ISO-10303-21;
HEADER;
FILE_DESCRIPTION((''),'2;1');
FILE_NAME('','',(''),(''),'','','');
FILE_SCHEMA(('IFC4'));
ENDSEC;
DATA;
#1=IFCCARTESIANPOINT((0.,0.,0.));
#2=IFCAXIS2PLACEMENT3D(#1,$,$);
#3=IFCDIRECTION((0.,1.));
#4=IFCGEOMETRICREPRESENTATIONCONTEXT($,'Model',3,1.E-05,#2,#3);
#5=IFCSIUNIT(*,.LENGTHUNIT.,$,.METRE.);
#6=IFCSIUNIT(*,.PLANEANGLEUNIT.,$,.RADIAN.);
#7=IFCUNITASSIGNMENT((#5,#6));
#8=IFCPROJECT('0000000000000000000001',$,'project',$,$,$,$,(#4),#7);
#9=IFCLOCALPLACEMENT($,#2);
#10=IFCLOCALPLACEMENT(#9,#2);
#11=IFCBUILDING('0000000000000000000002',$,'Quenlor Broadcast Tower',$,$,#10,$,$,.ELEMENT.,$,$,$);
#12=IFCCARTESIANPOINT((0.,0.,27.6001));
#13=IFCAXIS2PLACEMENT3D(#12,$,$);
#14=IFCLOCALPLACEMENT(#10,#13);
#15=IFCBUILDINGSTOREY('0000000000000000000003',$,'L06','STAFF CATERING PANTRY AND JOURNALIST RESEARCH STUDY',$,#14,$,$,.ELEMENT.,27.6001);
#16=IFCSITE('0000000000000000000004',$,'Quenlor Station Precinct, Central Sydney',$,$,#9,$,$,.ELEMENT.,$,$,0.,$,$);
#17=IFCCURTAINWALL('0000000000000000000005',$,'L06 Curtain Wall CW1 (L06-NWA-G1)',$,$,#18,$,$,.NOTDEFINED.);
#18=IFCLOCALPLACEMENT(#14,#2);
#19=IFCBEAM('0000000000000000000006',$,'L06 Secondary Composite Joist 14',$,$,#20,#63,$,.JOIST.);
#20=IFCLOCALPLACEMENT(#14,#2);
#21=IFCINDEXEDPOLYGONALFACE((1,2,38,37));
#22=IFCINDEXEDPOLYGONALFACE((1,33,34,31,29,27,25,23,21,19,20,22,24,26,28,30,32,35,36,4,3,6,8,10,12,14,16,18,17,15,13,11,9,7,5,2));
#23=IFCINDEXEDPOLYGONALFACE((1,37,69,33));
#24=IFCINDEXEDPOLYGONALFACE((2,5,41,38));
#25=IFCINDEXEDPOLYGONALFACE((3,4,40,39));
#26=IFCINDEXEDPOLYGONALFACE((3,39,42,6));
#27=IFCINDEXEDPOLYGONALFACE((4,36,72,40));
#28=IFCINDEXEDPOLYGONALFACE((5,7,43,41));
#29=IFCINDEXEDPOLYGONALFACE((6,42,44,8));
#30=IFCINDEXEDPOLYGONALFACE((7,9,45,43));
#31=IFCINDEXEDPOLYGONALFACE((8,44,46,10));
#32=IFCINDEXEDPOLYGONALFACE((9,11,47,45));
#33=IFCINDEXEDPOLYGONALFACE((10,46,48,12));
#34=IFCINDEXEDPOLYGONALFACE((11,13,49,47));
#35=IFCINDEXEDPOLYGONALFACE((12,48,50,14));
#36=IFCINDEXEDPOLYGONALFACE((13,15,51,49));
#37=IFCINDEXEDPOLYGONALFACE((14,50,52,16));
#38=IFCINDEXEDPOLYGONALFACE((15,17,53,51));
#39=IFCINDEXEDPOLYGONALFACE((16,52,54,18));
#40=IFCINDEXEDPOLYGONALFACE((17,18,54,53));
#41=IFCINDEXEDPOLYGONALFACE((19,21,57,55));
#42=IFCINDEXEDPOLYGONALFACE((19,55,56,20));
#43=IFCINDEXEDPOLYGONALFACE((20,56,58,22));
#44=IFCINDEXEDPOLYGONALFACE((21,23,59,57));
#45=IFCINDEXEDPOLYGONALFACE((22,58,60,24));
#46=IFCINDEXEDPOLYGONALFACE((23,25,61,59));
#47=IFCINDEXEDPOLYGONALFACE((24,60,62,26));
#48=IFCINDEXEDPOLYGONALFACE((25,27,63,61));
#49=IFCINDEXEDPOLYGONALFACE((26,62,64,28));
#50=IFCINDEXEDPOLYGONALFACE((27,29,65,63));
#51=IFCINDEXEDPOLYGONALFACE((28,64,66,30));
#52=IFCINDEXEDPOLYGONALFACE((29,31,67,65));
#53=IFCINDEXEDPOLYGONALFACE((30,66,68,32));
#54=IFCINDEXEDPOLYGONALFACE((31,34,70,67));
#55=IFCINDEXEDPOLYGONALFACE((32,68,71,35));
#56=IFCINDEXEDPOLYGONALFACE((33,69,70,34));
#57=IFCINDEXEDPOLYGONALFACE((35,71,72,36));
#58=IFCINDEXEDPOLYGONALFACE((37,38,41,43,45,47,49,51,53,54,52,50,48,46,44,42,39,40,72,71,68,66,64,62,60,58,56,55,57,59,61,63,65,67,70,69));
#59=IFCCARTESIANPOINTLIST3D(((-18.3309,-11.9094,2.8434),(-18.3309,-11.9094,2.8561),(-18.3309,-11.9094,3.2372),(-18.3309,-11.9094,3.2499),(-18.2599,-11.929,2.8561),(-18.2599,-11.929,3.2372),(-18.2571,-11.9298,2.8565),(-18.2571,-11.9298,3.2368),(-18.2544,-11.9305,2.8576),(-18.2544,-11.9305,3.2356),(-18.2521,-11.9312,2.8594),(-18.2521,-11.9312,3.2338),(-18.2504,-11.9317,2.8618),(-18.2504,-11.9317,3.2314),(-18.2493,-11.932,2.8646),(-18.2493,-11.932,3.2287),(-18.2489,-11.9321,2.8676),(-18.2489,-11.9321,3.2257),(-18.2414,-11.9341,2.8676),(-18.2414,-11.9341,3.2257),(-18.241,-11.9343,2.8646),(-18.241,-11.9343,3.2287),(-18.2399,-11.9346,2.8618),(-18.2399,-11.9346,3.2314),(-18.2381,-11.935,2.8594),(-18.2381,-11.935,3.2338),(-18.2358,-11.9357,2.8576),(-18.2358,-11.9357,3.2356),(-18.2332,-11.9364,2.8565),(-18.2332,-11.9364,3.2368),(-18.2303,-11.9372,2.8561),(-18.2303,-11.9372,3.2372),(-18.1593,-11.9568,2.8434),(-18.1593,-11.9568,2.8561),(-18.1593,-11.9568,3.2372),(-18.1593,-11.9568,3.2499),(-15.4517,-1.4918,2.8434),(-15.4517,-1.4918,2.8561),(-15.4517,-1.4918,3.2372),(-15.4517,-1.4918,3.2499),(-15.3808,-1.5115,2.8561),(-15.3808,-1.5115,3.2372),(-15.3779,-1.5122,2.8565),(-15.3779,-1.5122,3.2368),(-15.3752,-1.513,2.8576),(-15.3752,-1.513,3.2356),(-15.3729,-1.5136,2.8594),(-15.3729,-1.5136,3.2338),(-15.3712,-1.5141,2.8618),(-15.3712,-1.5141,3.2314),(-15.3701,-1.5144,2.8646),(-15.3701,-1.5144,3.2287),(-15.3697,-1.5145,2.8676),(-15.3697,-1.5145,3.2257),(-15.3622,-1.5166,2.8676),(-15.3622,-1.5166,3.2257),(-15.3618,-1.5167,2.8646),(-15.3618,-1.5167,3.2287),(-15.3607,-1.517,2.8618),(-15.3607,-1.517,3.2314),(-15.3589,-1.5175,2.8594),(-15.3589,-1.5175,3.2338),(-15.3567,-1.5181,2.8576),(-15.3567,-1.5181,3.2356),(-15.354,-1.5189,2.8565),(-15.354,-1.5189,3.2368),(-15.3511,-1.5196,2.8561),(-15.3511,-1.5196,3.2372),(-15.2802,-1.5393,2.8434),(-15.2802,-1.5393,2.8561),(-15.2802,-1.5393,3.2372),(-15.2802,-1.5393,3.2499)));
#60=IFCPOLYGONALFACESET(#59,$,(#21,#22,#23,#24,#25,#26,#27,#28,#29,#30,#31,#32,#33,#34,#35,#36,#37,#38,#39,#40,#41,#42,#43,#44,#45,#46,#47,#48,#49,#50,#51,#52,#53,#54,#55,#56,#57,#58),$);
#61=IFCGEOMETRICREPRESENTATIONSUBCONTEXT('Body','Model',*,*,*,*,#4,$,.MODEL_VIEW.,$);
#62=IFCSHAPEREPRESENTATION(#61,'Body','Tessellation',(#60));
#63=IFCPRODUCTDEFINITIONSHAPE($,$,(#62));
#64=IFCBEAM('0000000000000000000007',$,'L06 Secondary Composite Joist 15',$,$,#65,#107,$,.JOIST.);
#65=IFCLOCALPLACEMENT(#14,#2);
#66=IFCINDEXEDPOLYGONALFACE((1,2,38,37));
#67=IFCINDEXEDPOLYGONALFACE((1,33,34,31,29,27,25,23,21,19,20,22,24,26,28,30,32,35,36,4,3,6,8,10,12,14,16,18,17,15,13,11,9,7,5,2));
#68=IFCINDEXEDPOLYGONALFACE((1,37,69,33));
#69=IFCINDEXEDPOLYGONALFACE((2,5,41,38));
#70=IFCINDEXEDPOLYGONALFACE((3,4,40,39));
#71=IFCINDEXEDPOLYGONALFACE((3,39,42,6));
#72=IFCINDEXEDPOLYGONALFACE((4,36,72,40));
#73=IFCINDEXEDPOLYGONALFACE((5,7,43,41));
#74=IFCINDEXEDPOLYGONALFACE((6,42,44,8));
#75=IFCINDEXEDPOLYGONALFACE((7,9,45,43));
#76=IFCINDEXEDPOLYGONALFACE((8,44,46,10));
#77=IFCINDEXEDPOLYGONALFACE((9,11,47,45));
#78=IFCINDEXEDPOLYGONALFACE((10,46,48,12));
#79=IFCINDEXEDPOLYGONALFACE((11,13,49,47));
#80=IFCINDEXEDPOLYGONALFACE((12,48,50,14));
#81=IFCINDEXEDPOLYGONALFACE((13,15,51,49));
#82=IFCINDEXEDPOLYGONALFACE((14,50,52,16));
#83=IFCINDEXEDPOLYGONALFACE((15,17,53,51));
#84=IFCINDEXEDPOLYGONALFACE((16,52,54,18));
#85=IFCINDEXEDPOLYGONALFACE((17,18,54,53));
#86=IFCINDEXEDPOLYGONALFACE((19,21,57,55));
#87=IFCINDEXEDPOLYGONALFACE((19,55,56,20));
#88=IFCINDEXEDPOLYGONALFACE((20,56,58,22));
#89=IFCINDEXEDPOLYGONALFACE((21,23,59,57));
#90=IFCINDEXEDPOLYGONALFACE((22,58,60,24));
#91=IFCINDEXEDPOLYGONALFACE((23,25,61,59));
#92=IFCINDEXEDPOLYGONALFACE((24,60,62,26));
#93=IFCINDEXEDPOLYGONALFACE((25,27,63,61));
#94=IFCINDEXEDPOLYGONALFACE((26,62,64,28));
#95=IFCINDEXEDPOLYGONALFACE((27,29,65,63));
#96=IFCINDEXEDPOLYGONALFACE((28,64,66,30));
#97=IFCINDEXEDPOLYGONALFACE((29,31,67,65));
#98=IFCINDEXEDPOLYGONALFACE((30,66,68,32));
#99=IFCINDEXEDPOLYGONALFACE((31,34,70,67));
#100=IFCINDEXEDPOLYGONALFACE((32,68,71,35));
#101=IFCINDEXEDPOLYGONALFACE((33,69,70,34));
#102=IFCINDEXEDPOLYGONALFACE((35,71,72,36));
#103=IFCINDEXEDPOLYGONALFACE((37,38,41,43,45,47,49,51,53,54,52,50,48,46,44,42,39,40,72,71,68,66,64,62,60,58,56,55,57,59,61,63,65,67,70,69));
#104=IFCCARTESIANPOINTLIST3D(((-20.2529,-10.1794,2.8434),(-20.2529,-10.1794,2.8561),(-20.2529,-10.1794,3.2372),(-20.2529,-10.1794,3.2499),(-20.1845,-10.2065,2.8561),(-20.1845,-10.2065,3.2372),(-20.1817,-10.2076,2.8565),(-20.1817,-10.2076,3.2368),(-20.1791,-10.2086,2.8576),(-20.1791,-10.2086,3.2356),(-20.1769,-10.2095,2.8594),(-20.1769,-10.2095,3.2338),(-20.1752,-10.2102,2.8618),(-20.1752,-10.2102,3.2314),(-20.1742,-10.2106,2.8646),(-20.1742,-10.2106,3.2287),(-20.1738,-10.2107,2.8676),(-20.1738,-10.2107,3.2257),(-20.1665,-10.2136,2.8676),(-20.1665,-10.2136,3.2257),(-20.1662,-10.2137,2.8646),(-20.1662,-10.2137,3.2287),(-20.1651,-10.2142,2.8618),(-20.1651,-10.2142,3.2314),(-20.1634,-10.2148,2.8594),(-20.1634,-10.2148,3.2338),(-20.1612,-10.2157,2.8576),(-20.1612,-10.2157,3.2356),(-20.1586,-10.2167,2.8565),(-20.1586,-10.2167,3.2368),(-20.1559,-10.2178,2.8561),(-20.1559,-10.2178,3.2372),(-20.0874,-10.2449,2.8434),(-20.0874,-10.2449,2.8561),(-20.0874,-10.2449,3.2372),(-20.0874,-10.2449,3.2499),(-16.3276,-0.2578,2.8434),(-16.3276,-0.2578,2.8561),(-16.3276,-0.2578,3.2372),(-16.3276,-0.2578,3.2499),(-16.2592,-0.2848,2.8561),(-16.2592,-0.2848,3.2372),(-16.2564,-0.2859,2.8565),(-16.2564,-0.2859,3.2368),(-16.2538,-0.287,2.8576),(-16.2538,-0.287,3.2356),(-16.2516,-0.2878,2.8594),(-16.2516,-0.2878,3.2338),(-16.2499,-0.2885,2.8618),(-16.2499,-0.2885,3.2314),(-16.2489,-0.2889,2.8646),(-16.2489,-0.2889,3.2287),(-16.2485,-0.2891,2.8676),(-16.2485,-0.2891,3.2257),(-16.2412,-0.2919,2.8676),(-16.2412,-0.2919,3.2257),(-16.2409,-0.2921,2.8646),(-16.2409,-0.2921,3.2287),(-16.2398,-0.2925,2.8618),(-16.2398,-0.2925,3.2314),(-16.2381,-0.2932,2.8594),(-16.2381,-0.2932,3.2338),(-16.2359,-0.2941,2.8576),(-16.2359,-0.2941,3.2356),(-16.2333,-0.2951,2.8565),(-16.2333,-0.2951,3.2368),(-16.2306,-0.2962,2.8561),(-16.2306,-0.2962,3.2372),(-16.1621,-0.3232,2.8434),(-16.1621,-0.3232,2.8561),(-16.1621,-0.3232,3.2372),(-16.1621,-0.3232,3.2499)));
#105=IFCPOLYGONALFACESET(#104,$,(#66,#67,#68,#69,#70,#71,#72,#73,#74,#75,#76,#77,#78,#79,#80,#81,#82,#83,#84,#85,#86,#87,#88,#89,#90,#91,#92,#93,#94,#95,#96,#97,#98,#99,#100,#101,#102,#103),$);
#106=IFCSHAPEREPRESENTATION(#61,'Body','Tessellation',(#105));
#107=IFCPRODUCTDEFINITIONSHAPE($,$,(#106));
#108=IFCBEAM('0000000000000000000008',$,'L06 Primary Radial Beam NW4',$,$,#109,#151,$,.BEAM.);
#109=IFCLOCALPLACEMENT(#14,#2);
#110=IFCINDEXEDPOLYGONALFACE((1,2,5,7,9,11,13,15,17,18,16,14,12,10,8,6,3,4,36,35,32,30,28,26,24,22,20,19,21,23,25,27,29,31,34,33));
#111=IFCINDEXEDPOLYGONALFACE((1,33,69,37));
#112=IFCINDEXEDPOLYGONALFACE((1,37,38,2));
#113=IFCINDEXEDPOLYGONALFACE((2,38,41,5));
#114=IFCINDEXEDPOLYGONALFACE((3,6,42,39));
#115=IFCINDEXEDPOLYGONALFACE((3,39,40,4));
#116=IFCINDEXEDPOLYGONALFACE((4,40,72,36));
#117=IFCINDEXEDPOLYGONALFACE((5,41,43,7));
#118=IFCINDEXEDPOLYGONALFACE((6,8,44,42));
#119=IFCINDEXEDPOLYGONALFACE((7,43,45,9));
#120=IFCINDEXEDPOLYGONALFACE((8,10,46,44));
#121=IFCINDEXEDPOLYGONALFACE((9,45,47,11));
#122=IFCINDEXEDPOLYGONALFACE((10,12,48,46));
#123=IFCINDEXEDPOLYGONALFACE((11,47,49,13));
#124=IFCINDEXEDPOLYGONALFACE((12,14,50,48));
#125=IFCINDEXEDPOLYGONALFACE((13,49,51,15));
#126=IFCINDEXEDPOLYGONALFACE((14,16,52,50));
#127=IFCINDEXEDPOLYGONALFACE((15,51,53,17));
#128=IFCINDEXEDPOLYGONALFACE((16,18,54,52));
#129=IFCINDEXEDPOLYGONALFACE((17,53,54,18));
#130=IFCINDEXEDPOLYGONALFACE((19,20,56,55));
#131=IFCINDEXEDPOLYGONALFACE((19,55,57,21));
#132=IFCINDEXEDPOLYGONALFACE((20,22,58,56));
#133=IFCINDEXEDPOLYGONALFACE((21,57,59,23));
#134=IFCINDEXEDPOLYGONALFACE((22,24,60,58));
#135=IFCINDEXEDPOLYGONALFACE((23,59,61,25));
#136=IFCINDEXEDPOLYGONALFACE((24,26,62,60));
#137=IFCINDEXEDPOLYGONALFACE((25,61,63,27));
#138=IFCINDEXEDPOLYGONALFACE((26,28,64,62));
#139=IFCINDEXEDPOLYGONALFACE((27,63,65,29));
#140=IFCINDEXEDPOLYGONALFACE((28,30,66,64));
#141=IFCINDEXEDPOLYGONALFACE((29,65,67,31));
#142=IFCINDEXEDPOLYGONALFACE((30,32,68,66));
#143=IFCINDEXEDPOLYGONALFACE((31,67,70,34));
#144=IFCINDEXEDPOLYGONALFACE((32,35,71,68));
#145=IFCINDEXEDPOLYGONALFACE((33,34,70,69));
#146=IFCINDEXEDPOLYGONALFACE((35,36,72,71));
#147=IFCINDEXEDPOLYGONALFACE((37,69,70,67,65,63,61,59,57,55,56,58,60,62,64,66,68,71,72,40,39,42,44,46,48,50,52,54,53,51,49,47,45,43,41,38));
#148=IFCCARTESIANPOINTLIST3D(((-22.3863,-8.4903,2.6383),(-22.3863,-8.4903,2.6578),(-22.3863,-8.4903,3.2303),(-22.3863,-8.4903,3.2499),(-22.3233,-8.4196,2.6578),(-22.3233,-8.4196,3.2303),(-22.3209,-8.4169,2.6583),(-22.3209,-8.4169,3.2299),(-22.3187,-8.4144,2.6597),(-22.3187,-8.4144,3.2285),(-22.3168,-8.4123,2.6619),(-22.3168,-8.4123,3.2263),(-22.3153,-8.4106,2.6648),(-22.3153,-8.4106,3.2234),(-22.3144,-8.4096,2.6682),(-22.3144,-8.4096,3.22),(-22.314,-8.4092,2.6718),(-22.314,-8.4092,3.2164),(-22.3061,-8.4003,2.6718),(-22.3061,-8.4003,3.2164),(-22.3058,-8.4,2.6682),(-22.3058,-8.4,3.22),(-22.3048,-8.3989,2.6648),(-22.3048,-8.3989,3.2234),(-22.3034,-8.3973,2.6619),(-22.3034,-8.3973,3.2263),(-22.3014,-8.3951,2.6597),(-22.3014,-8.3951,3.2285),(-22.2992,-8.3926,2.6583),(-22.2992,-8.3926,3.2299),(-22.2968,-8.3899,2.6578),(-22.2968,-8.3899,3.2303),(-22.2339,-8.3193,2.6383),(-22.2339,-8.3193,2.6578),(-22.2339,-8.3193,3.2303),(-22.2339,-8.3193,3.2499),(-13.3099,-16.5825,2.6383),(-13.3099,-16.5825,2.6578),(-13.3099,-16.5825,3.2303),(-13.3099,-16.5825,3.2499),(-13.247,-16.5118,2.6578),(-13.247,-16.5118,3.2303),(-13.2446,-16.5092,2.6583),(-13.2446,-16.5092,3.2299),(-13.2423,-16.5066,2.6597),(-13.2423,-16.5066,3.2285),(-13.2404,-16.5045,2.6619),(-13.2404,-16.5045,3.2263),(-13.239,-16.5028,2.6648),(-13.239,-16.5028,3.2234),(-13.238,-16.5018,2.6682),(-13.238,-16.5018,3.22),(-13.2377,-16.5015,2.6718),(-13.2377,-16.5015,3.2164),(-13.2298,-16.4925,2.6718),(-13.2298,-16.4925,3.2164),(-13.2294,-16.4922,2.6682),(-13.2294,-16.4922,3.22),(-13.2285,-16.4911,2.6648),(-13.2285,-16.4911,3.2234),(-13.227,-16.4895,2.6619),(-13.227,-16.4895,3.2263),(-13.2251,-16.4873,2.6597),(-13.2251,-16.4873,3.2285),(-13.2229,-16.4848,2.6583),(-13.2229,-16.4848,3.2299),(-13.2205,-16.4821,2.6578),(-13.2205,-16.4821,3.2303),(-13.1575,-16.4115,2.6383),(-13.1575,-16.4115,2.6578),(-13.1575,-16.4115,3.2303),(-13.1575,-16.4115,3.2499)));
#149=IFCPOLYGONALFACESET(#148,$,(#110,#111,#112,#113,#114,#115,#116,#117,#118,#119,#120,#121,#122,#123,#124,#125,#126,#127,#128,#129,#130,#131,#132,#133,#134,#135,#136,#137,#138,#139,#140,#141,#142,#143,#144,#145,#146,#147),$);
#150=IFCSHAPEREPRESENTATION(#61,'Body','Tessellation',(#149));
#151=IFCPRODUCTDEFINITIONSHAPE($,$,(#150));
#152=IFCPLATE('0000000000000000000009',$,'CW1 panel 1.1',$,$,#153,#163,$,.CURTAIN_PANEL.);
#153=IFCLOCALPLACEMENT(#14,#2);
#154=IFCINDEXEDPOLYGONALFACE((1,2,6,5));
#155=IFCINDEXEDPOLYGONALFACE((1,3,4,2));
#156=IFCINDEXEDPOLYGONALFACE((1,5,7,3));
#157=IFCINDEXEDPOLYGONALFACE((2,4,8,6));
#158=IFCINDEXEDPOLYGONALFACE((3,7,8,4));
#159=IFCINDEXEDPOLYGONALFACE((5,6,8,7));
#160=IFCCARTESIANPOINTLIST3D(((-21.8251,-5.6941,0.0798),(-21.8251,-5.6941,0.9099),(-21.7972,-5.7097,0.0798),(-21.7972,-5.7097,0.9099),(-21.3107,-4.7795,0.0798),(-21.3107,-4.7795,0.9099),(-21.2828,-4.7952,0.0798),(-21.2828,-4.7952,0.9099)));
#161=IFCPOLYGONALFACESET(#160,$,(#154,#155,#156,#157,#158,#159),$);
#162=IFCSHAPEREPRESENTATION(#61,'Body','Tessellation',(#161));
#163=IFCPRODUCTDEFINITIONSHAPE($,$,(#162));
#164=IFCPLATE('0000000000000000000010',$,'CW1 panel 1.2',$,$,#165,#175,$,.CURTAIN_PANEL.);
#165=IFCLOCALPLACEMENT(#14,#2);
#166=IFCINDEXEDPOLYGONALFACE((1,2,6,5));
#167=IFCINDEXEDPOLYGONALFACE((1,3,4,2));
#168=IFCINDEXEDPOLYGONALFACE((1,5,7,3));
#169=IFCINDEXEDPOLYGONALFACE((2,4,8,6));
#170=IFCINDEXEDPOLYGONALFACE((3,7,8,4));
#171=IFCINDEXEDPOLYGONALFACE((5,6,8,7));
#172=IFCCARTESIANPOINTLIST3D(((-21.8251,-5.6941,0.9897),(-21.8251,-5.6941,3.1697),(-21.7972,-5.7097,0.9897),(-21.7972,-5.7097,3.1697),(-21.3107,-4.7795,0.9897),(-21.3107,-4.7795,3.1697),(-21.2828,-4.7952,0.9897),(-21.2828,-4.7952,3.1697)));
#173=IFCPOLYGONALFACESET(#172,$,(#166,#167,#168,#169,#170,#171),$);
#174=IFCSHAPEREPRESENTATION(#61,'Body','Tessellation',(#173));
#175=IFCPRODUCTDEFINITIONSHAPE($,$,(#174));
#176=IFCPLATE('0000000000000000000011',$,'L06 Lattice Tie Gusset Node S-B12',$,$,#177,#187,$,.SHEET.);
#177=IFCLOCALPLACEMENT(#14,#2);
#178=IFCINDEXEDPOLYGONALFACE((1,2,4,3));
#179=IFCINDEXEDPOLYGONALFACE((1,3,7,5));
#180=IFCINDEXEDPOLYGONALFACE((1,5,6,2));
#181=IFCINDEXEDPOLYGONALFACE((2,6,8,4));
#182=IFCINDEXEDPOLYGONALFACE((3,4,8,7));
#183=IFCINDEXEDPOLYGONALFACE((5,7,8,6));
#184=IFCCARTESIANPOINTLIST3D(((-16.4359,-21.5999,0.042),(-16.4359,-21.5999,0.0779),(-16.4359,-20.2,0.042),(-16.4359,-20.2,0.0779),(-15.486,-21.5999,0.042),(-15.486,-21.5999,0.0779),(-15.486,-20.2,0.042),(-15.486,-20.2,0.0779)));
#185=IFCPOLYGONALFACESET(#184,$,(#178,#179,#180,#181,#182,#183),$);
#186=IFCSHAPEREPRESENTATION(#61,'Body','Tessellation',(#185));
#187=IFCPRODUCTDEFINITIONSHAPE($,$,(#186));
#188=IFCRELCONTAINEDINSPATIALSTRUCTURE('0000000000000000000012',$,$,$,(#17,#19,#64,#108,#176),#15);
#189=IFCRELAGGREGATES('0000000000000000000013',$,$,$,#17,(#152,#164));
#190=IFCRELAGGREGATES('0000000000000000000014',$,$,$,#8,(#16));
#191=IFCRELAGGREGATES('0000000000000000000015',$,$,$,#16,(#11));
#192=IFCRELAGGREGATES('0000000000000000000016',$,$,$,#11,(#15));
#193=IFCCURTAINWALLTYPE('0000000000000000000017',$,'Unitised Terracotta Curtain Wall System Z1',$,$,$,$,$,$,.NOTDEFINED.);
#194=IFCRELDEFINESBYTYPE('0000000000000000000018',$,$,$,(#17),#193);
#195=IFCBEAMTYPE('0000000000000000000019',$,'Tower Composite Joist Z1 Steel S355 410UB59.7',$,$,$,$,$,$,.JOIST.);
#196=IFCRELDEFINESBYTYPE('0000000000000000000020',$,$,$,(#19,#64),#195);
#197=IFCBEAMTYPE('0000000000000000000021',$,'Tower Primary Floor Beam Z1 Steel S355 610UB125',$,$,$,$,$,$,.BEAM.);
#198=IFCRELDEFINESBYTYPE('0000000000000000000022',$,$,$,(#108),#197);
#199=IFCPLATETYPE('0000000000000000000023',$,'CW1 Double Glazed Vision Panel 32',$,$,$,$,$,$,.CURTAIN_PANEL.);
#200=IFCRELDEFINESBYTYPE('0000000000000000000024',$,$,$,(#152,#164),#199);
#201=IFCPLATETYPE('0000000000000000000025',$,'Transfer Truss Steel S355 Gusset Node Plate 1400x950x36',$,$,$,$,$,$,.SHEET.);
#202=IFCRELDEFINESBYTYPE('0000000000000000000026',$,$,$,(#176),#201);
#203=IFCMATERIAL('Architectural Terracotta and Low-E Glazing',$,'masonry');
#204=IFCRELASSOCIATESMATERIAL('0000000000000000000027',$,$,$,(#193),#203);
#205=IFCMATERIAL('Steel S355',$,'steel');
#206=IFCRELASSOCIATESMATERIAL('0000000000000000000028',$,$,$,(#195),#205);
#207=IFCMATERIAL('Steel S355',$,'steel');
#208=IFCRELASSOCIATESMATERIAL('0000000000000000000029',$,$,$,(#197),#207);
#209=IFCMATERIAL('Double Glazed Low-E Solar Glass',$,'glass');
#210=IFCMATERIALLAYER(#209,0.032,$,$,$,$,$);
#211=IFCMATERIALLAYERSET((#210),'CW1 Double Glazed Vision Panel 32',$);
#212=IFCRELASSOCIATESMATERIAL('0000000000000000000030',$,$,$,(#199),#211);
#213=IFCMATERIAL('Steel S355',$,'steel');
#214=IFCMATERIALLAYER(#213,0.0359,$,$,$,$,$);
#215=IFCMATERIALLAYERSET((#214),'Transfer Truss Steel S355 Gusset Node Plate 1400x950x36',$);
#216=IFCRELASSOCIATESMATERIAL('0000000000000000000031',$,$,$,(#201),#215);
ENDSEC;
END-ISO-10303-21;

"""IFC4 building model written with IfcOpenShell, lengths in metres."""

from ifc_helpers import new_model, si_unit, direction, frame, origin, origin_2d, place, context, subcontext, project, spatial, rectangle, i_section, extrude, material, layer, layer_set, material_profile, profile_set, type_object, element, aggregate, save


model = new_model("IFC4")

# Units and contexts
model_context = context("Model", 3, precision=1e-05, world=origin(), true_north=direction((0.0, 1.0)))
body_context = subcontext(model_context, "Body", "Model", "MODEL_VIEW")
ifc_project = project(units=[si_unit("LENGTHUNIT", "METRE"), si_unit("PLANEANGLEUNIT", "RADIAN")], contexts=[model_context])

# Site, building, storey
site_placement = place(None, origin())
site = spatial("IfcSite", under=ifc_project, at=site_placement, Name="Quenlor Station Precinct, Central Sydney", CompositionType="ELEMENT", RefElevation=0.0)
building_placement = place(site_placement, origin())
building = spatial("IfcBuilding", under=site, at=building_placement, Name="Quenlor Broadcast Tower", CompositionType="ELEMENT")
storey_placement = place(building_placement, frame((0.0, 0.0, 27.6001)))
storey = spatial("IfcBuildingStorey", under=building, at=storey_placement, Name="L06", Description="STAFF CATERING PANTRY AND JOURNALIST RESEARCH STUDY", CompositionType="ELEMENT", Elevation=27.6001)

# Curtain wall
ifc_material_1 = material(Name="Architectural Terracotta and Low-E Glazing", Category="masonry")
curtain_wall_type = type_object("IfcCurtainWallType", Name="Unitised Terracotta Curtain Wall System Z1", PredefinedType="NOTDEFINED", material=ifc_material_1)
curtain_wall_placement = place(storey_placement, origin())
curtain_wall = element("IfcCurtainWall", 1, at=curtain_wall_placement, inside=storey, type_object=curtain_wall_type, Name="L06 Curtain Wall CW1 (L06-NWA-G1)", PredefinedType="NOTDEFINED")

# Beams
ifc_material_2 = material(Name="Steel S355", Category="steel")
ifc_material_profile_1 = material_profile(ifc_material_2, i_section(OverallWidth=0.178, OverallDepth=0.4065, WebThickness=0.0078, FlangeThickness=0.0127, FilletRadius=0.0115, at=origin_2d()))
ifc_profile_set_1 = profile_set([ifc_material_profile_1], Name="Steel S355 410UB59.7")
beam_type_1 = type_object("IfcBeamType", Name="Tower Composite Joist Z1 Steel S355 410UB59.7", PredefinedType="JOIST", material=ifc_profile_set_1)
beam_1_placement = place(storey_placement, frame((-18.2451, -11.9331, 3.0466), z_axis=(0.26639, 0.963865, 0.0), x_axis=(-0.963865, 0.26639, 0.0)))
element("IfcBeam", 2, at=beam_1_placement, inside=storey, type_object=beam_type_1, Name="L06 Secondary Composite Joist 14", PredefinedType="JOIST", context=body_context, shape_type="SweptSolid", body=[
    extrude(i_section(OverallWidth=0.178, OverallDepth=0.4065, WebThickness=0.0078, FlangeThickness=0.0127, FilletRadius=0.0115, at=origin_2d()), origin(), (0.0, 0.0, 1.0), 10.8081),
])
beam_2_placement = place(storey_placement, frame((-20.1702, -10.2122, 3.0466), z_axis=(0.367885, 0.929871, 0.0), x_axis=(-0.929871, 0.367885, 0.0)))
element("IfcBeam", 3, at=beam_2_placement, inside=storey, type_object=beam_type_1, Name="L06 Secondary Composite Joist 15", PredefinedType="JOIST", context=body_context, shape_type="SweptSolid", body=[
    extrude(i_section(OverallWidth=0.178, OverallDepth=0.4065, WebThickness=0.0078, FlangeThickness=0.0127, FilletRadius=0.0115, at=origin_2d()), origin(), (0.0, 0.0, 1.0), 10.6699),
])
ifc_material_3 = material(Name="Steel S355", Category="steel")
ifc_material_profile_2 = material_profile(ifc_material_3, i_section(OverallWidth=0.229, OverallDepth=0.6116, WebThickness=0.012, FlangeThickness=0.0195, FilletRadius=0.0139, at=origin_2d()))
ifc_profile_set_2 = profile_set([ifc_material_profile_2], Name="Steel S355 610UB125")
beam_type_2 = type_object("IfcBeamType", Name="Tower Primary Floor Beam Z1 Steel S355 610UB125", PredefinedType="BEAM", material=ifc_profile_set_2)
beam_3_placement = place(storey_placement, frame((-22.3101, -8.4048, 2.9441), z_axis=(0.746414, -0.665482, 0.0), x_axis=(0.665482, 0.746414, 0.0)))
element("IfcBeam", 4, at=beam_3_placement, inside=storey, type_object=beam_type_2, Name="L06 Primary Radial Beam NW4", PredefinedType="BEAM", context=body_context, shape_type="SweptSolid", body=[
    extrude(i_section(OverallWidth=0.229, OverallDepth=0.6116, WebThickness=0.012, FlangeThickness=0.0195, FilletRadius=0.0139, at=origin_2d()), origin(), (0.0, 0.0, 1.0), 12.1599),
])

# Plates
ifc_material_4 = material(Name="Double Glazed Low-E Solar Glass", Category="glass")
ifc_layer_1 = layer(ifc_material_4, 0.032)
ifc_layer_set_1 = layer_set([ifc_layer_1], Name="CW1 Double Glazed Vision Panel 32")
plate_type_1 = type_object("IfcPlateType", Name="CW1 Double Glazed Vision Panel 32", PredefinedType="CURTAIN_PANEL", material=ifc_layer_set_1)
plate_1_placement = place(storey_placement, frame((-21.554, -5.2446, 0.0798), z_axis=(0.0, 0.0, 1.0), x_axis=(0.490277, 0.871567, 0.0)))
plate_1 = element("IfcPlate", 5, at=plate_1_placement, type_object=plate_type_1, Name="CW1 panel 1.1", PredefinedType="CURTAIN_PANEL", context=body_context, shape_type="SweptSolid", body=[
    extrude(rectangle(XDim=1.0493, YDim=0.032, at=origin_2d()), origin(), (0.0, 0.0, 1.0), 0.8301),
])
plate_2_placement = place(storey_placement, frame((-21.554, -5.2446, 0.9897), z_axis=(0.0, 0.0, 1.0), x_axis=(0.490277, 0.871567, 0.0)))
plate_2 = element("IfcPlate", 6, at=plate_2_placement, type_object=plate_type_1, Name="CW1 panel 1.2", PredefinedType="CURTAIN_PANEL", context=body_context, shape_type="SweptSolid", body=[
    extrude(rectangle(XDim=1.0493, YDim=0.032, at=origin_2d()), origin(), (0.0, 0.0, 1.0), 2.1799),
])
aggregate(curtain_wall, [plate_1, plate_2])

# Plate
ifc_material_5 = material(Name="Steel S355", Category="steel")
ifc_layer_2 = layer(ifc_material_5, 0.0359)
ifc_layer_set_2 = layer_set([ifc_layer_2], Name="Transfer Truss Steel S355 Gusset Node Plate 1400x950x36")
plate_type_2 = type_object("IfcPlateType", Name="Transfer Truss Steel S355 Gusset Node Plate 1400x950x36", PredefinedType="SHEET", material=ifc_layer_set_2)
for number, where, z_axis, x_axis, name in (
    (7, (-15.9609, -20.8999, 0.042), (0.0, 0.0, 1.0), (0.0, -1.0, 0.0), "L06 Lattice Tie Gusset Node S-B12"),
):
    element("IfcPlate", number, at=place(storey_placement, frame(where, z_axis=z_axis, x_axis=x_axis)), inside=storey, type_object=plate_type_2, Name=name, PredefinedType="SHEET", context=body_context, shape_type="SweptSolid", body=[
        extrude(rectangle(XDim=1.3999, YDim=0.95, at=origin_2d()), origin(), (0.0, 0.0, 1.0), 0.0359),
    ])

save(model, "model.ifc")
